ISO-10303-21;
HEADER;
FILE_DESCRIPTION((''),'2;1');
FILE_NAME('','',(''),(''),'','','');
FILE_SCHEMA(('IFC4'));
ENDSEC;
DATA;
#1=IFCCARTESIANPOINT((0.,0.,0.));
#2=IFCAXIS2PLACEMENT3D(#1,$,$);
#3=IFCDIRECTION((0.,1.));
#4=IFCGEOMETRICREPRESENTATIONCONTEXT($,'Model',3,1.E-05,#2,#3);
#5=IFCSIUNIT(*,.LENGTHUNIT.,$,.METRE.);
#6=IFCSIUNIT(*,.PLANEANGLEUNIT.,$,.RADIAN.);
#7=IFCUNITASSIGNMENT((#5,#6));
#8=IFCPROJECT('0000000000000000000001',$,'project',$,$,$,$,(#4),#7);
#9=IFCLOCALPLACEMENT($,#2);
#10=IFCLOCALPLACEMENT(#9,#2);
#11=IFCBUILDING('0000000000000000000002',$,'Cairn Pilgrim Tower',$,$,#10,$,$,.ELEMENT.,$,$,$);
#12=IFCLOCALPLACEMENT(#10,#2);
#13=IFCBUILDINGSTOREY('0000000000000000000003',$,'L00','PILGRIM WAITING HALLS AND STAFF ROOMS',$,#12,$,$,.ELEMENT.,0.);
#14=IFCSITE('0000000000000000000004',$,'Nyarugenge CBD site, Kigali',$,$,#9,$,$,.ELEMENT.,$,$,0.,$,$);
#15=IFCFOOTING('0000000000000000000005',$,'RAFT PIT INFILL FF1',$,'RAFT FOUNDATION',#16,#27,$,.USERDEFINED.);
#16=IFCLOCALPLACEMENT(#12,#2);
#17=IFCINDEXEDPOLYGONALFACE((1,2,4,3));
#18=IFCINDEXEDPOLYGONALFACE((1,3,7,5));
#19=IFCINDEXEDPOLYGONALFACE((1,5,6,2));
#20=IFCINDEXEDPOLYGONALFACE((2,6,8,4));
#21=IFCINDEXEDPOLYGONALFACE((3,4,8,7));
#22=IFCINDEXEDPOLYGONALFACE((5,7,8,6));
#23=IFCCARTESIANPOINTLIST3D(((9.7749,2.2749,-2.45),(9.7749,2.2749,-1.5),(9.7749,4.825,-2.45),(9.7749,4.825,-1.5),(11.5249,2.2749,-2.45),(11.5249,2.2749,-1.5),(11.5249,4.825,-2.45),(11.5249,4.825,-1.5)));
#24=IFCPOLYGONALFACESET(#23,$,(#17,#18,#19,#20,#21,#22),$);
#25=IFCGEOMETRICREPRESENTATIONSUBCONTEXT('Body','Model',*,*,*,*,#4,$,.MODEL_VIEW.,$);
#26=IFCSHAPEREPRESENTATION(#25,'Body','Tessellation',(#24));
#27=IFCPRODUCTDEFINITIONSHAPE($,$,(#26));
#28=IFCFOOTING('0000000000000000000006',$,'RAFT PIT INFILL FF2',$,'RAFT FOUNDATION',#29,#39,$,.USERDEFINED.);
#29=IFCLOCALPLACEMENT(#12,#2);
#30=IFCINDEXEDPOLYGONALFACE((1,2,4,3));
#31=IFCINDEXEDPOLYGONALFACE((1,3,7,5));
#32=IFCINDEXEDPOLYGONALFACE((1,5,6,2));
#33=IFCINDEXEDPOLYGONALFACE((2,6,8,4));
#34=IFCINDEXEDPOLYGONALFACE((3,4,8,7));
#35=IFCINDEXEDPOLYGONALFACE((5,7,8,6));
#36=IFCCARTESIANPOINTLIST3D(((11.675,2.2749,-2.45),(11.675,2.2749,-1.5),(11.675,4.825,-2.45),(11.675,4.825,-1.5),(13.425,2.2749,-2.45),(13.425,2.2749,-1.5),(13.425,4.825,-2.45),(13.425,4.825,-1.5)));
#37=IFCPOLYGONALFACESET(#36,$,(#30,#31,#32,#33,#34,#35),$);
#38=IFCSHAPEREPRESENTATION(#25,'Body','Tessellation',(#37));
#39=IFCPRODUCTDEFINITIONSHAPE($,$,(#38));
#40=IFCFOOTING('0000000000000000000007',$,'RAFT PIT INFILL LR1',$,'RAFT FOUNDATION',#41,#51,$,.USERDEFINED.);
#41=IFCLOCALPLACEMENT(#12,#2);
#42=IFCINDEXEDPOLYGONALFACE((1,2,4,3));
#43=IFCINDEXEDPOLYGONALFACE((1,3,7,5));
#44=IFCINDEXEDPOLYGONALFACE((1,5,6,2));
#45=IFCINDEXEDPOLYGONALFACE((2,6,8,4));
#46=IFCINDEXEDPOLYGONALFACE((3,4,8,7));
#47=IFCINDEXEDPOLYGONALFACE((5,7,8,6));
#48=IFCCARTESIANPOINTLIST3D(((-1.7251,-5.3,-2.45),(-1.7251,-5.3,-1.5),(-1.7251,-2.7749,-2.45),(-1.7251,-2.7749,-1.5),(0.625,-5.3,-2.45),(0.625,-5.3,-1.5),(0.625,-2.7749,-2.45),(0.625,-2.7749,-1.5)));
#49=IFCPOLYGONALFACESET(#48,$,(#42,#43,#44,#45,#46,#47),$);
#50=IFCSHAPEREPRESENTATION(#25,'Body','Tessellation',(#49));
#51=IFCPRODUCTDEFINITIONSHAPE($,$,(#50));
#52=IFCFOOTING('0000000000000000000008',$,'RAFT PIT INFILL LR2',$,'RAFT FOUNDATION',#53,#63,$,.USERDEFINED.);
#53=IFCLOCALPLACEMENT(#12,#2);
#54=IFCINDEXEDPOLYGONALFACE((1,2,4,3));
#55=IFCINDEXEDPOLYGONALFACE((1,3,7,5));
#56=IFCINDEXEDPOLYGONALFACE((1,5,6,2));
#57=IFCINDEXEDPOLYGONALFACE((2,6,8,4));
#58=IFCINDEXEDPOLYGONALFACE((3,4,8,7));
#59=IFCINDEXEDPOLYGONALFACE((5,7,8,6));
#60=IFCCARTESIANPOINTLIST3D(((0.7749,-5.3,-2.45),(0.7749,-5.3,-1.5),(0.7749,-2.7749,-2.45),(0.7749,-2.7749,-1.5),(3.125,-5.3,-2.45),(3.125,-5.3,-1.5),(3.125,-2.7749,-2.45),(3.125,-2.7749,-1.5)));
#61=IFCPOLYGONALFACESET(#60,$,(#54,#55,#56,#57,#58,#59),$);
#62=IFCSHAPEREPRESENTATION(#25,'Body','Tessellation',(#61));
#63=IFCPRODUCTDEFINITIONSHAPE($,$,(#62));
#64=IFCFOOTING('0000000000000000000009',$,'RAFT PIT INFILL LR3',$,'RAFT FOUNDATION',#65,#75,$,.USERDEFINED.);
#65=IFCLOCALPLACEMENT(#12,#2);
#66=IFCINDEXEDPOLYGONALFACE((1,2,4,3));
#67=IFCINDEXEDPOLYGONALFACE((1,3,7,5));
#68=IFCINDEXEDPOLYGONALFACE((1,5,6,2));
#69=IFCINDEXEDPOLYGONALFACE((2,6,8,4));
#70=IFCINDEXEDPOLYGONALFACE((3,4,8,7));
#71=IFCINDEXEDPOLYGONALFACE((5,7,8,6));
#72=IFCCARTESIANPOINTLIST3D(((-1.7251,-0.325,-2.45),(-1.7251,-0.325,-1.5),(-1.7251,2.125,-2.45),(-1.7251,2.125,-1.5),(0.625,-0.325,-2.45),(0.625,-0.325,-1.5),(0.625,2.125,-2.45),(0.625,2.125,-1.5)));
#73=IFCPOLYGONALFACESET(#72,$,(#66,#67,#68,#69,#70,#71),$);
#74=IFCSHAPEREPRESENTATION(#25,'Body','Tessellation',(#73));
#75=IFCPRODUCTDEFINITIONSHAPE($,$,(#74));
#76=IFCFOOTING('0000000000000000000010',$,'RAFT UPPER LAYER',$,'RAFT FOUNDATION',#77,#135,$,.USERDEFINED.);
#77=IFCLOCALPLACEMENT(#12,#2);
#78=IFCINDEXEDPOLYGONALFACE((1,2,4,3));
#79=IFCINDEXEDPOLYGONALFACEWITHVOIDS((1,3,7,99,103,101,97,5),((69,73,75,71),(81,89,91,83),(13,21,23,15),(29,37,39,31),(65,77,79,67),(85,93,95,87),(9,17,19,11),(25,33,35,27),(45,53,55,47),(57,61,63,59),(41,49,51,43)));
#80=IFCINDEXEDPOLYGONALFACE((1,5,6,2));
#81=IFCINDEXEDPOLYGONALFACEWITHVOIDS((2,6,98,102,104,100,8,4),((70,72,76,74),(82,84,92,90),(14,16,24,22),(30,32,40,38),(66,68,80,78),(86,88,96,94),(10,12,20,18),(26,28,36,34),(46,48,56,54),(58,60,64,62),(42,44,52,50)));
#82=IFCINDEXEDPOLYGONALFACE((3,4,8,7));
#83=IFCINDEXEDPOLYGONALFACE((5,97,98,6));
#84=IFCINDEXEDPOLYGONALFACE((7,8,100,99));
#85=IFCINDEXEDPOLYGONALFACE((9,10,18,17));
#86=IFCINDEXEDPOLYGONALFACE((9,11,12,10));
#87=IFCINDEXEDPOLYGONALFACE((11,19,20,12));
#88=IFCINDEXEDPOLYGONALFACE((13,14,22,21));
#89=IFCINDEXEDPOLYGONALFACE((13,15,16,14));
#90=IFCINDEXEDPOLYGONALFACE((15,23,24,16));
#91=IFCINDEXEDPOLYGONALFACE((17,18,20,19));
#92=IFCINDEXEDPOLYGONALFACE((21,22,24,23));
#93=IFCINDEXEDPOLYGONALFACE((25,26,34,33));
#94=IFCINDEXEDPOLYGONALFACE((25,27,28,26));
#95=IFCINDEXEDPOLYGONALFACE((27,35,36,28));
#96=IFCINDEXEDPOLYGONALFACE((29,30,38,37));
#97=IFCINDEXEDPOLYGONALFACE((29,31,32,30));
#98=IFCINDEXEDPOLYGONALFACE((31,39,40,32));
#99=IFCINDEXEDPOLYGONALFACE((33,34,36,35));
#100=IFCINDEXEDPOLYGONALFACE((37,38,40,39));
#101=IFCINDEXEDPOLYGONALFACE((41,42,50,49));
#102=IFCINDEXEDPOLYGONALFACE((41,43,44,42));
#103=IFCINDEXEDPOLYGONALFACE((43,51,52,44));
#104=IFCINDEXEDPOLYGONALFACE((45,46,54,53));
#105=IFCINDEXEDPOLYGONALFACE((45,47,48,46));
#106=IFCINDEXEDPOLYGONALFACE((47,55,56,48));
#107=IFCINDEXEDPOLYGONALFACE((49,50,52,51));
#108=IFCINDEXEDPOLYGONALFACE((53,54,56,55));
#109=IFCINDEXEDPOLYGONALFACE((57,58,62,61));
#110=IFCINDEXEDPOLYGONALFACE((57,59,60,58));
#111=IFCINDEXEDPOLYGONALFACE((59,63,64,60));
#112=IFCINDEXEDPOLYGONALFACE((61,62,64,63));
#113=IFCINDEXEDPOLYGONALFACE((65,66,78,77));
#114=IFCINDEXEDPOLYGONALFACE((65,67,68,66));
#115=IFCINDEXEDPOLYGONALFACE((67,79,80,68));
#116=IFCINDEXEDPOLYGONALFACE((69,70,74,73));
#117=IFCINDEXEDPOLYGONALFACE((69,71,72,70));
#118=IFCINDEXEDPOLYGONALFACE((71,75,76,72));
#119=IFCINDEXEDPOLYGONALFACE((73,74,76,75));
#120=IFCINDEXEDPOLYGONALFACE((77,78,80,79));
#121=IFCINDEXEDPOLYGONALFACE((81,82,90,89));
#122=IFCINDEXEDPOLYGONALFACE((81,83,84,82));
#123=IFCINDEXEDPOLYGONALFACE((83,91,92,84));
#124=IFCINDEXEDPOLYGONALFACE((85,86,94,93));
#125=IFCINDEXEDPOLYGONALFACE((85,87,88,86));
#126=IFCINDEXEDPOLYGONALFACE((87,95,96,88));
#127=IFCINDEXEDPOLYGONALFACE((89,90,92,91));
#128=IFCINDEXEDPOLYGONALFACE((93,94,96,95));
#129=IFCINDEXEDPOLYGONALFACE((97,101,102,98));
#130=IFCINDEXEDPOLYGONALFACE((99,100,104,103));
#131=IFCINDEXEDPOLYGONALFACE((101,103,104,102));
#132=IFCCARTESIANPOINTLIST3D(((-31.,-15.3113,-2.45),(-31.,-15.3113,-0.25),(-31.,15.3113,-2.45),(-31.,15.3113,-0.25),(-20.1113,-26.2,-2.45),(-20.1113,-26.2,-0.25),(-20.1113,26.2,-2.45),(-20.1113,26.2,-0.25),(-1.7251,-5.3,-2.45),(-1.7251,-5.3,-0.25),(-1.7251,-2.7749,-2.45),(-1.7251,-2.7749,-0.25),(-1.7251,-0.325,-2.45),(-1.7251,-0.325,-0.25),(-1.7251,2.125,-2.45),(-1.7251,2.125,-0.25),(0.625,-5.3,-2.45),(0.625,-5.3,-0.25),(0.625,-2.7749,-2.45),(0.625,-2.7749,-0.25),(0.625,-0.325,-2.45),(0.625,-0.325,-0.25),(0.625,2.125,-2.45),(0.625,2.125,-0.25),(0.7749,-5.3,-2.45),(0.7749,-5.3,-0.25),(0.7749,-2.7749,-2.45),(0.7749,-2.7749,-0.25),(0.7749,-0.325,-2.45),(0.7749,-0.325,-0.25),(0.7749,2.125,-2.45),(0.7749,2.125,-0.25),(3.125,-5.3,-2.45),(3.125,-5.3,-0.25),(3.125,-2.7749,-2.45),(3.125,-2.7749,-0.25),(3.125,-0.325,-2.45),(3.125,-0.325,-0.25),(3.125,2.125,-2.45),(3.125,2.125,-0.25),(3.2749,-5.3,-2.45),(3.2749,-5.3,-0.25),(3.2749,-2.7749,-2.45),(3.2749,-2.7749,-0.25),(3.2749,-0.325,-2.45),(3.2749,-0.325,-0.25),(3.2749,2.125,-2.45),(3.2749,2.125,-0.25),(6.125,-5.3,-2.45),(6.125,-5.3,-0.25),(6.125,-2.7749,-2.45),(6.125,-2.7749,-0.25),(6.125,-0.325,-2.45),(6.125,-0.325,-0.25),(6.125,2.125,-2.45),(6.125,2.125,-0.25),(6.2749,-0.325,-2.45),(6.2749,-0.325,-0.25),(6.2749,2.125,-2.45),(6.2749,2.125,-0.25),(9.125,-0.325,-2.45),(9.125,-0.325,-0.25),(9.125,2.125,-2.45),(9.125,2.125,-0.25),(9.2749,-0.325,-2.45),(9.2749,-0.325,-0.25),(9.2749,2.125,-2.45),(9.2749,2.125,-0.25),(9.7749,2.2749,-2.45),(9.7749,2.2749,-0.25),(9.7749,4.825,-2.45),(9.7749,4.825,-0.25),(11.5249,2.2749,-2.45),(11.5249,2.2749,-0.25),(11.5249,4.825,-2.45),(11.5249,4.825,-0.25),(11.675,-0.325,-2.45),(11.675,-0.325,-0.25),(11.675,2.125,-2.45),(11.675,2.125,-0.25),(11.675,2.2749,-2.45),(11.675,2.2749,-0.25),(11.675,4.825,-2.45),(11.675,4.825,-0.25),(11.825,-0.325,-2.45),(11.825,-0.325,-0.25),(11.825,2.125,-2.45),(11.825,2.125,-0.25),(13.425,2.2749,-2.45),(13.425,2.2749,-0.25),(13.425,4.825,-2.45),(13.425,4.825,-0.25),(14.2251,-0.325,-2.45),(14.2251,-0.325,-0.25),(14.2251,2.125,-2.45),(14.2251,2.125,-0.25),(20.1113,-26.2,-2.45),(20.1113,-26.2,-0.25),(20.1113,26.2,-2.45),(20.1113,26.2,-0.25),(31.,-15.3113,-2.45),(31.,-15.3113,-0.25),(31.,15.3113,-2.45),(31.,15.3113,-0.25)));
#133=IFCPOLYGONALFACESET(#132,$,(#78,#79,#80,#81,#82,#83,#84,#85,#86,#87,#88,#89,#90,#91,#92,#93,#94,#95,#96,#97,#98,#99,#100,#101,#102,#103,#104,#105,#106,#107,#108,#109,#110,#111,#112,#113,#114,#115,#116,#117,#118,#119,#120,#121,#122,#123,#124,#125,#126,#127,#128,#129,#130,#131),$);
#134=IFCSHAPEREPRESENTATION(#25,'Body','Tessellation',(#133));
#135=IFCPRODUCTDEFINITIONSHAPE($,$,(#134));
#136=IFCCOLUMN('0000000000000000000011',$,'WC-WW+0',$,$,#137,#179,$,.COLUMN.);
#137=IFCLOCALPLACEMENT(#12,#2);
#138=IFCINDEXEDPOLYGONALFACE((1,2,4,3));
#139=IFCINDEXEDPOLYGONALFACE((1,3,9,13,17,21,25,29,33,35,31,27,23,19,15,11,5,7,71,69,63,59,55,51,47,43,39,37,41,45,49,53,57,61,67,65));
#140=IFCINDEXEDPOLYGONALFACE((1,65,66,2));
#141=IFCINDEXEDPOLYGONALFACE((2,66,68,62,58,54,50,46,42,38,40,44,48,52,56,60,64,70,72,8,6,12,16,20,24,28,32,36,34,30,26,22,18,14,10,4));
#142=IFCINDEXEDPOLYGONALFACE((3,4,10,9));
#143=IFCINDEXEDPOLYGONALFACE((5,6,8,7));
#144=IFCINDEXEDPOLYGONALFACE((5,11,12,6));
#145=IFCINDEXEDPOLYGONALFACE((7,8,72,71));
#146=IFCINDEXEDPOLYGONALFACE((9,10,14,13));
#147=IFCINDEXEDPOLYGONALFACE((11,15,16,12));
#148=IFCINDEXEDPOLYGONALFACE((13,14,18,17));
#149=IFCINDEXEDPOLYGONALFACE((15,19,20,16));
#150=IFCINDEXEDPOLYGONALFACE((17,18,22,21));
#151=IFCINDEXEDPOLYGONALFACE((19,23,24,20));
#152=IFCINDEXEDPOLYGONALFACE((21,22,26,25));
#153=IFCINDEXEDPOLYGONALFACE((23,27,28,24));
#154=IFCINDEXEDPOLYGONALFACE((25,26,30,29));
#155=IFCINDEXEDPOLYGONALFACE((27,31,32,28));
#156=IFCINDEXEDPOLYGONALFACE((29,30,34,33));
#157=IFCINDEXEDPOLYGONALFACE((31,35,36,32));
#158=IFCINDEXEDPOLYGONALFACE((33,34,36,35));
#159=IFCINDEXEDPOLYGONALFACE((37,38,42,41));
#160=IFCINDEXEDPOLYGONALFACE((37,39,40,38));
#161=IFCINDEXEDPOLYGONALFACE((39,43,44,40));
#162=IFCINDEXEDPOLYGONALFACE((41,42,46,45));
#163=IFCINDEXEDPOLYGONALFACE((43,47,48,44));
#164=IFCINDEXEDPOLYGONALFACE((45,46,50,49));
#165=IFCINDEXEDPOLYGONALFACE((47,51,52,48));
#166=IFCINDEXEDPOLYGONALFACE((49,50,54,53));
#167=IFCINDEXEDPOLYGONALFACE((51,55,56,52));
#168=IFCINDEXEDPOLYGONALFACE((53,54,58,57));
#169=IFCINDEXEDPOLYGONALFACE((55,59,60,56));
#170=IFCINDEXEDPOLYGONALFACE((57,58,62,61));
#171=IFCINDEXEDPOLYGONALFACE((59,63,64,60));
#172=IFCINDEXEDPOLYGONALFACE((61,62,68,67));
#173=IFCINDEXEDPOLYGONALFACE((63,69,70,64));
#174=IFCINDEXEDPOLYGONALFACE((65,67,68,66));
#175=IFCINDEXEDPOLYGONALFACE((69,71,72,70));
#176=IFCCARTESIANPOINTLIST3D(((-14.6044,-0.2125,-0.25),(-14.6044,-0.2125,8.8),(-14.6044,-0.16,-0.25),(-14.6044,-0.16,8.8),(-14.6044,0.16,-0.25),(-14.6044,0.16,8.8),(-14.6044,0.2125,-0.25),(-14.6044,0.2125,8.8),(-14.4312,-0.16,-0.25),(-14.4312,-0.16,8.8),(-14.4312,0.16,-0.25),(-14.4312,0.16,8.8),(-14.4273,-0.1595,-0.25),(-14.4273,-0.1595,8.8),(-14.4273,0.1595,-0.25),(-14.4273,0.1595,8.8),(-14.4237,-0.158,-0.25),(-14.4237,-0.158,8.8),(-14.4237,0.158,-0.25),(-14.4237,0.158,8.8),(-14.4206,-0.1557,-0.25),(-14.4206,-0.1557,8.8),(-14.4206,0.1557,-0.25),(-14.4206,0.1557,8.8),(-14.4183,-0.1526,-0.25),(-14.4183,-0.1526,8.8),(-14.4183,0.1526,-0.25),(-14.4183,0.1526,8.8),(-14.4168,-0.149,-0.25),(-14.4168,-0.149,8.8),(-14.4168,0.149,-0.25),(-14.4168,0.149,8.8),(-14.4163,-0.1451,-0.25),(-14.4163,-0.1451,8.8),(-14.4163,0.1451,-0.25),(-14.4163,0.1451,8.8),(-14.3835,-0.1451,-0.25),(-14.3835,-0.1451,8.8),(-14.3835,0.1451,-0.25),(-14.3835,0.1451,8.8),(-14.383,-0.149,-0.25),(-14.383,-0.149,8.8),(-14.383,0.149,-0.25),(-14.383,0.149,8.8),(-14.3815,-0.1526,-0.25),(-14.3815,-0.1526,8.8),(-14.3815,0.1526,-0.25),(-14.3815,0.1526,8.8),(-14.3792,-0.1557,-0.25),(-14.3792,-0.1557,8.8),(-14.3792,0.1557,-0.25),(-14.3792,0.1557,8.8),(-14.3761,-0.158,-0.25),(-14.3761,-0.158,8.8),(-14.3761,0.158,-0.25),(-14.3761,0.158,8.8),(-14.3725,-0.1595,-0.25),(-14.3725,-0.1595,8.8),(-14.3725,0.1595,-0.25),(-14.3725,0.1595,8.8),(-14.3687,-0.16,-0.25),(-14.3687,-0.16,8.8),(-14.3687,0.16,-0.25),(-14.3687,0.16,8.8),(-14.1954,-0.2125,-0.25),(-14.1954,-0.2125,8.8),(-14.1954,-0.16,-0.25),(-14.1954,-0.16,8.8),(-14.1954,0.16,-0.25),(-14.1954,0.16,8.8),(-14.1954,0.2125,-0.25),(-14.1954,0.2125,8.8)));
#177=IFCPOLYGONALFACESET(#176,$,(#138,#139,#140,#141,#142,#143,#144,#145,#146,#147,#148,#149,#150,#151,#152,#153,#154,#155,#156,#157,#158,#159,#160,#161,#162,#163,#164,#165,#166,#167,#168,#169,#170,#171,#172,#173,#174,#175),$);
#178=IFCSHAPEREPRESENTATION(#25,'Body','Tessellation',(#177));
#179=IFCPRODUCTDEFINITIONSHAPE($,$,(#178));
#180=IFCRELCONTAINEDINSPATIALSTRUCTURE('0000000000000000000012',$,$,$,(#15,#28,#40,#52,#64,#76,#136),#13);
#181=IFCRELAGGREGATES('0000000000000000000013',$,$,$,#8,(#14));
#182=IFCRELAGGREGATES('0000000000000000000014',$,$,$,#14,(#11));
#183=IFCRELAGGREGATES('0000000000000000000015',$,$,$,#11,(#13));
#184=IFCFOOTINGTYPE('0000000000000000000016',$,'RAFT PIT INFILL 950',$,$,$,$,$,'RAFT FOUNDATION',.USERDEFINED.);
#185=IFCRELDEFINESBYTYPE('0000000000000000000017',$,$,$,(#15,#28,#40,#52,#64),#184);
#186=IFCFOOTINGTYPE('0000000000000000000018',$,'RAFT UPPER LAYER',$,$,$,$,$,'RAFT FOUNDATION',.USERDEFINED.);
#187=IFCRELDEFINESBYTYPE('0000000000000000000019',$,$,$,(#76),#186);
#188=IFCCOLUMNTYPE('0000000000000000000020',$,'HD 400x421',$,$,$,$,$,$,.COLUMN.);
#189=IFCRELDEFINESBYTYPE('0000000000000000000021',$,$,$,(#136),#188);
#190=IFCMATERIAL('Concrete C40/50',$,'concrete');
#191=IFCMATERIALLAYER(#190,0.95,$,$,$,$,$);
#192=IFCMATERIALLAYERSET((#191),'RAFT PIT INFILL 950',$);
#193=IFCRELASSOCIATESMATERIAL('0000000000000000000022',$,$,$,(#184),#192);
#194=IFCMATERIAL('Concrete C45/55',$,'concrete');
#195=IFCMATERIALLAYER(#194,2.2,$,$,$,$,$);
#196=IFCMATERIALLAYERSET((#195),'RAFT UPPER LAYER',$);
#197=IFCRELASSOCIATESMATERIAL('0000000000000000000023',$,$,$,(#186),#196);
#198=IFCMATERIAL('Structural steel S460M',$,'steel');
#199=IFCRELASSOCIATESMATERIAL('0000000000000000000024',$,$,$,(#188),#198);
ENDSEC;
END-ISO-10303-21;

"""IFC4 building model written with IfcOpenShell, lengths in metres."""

from ifc_helpers import new_model, si_unit, direction, frame, origin, origin_2d, place, context, subcontext, project, spatial, polyline, i_section, outline, extrude, material, layer, layer_set, material_profile, profile_set, type_object, element, save


model = new_model("IFC4")

# Units and contexts
model_context = context("Model", 3, precision=1e-05, world=origin(), true_north=direction((0.0, 1.0)))
body_context = subcontext(model_context, "Body", "Model", "MODEL_VIEW")
ifc_project = project(units=[si_unit("LENGTHUNIT", "METRE"), si_unit("PLANEANGLEUNIT", "RADIAN")], contexts=[model_context])

# Site, building, storey
site_placement = place(None, origin())
site = spatial("IfcSite", under=ifc_project, at=site_placement, Name="Nyarugenge CBD site, Kigali", CompositionType="ELEMENT", RefElevation=0.0)
building_placement = place(site_placement, origin())
building = spatial("IfcBuilding", under=site, at=building_placement, Name="Cairn Pilgrim Tower", CompositionType="ELEMENT")
storey_placement = place(building_placement, origin())
storey = spatial("IfcBuildingStorey", under=building, at=storey_placement, Name="L00", Description="PILGRIM WAITING HALLS AND STAFF ROOMS", CompositionType="ELEMENT", Elevation=0.0)

# Footings
ifc_material_1 = material(Name="Concrete C45/55", Category="concrete")
ifc_material_2 = material(Name="Concrete C40/50", Category="concrete")
ifc_layer_1 = layer(ifc_material_2, 0.95)
ifc_layer_set_1 = layer_set([ifc_layer_1], Name="RAFT PIT INFILL 950")
footing_type_1 = type_object("IfcFootingType", Name="RAFT PIT INFILL 950", ElementType="RAFT FOUNDATION", PredefinedType="USERDEFINED", material=ifc_layer_set_1)
footing_1_placement = place(storey_placement, frame((0.0, 0.0, -2.45)))
element("IfcFooting", 1, at=footing_1_placement, inside=storey, type_object=footing_type_1, Name="RAFT PIT INFILL FF1", ObjectType="RAFT FOUNDATION", PredefinedType="USERDEFINED", context=body_context, shape_type="SweptSolid", body=[
    extrude(outline(polyline([(9.7749, 2.2749), (11.5249, 2.2749), (11.5249, 4.825), (9.7749, 4.825), (9.7749, 2.2749)])), origin(), (0.0, 0.0, 1.0), 0.95),
])
footing_2_placement = place(storey_placement, frame((0.0, 0.0, -2.45)))
element("IfcFooting", 2, at=footing_2_placement, inside=storey, type_object=footing_type_1, Name="RAFT PIT INFILL FF2", ObjectType="RAFT FOUNDATION", PredefinedType="USERDEFINED", context=body_context, shape_type="SweptSolid", body=[
    extrude(outline(polyline([(11.675, 2.2749), (13.425, 2.2749), (13.425, 4.825), (11.675, 4.825), (11.675, 2.2749)])), origin(), (0.0, 0.0, 1.0), 0.95),
])
footing_3_placement = place(storey_placement, frame((0.0, 0.0, -2.45)))
element("IfcFooting", 3, at=footing_3_placement, inside=storey, type_object=footing_type_1, Name="RAFT PIT INFILL LR1", ObjectType="RAFT FOUNDATION", PredefinedType="USERDEFINED", context=body_context, shape_type="SweptSolid", body=[
    extrude(outline(polyline([(-1.7251, -5.3), (0.625, -5.3), (0.625, -2.7749), (-1.7251, -2.7749), (-1.7251, -5.3)])), origin(), (0.0, 0.0, 1.0), 0.95),
])
footing_4_placement = place(storey_placement, frame((0.0, 0.0, -2.45)))
element("IfcFooting", 4, at=footing_4_placement, inside=storey, type_object=footing_type_1, Name="RAFT PIT INFILL LR2", ObjectType="RAFT FOUNDATION", PredefinedType="USERDEFINED", context=body_context, shape_type="SweptSolid", body=[
    extrude(outline(polyline([(0.7749, -5.3), (3.125, -5.3), (3.125, -2.7749), (0.7749, -2.7749), (0.7749, -5.3)])), origin(), (0.0, 0.0, 1.0), 0.95),
])
footing_5_placement = place(storey_placement, frame((0.0, 0.0, -2.45)))
element("IfcFooting", 5, at=footing_5_placement, inside=storey, type_object=footing_type_1, Name="RAFT PIT INFILL LR3", ObjectType="RAFT FOUNDATION", PredefinedType="USERDEFINED", context=body_context, shape_type="SweptSolid", body=[
    extrude(outline(polyline([(-1.7251, -0.325), (0.625, -0.325), (0.625, 2.125), (-1.7251, 2.125), (-1.7251, -0.325)])), origin(), (0.0, 0.0, 1.0), 0.95),
])
ifc_layer_2 = layer(ifc_material_1, 2.2)
ifc_layer_set_2 = layer_set([ifc_layer_2], Name="RAFT UPPER LAYER")
footing_type_2 = type_object("IfcFootingType", Name="RAFT UPPER LAYER", ElementType="RAFT FOUNDATION", PredefinedType="USERDEFINED", material=ifc_layer_set_2)
footing_6_placement = place(storey_placement, frame((0.0, 0.0, -2.45)))
element("IfcFooting", 6, at=footing_6_placement, inside=storey, type_object=footing_type_2, Name="RAFT UPPER LAYER", ObjectType="RAFT FOUNDATION", PredefinedType="USERDEFINED", context=body_context, shape_type="SweptSolid", body=[
    extrude(outline(polyline([(-20.1113, -26.2), (20.1113, -26.2), (31.0, -15.3113), (31.0, 15.3113), (20.1113, 26.2), (-20.1113, 26.2), (-31.0, 15.3113), (-31.0, -15.3113), (-20.1113, -26.2)]), holes=[polyline([(0.625, -2.7749), (0.625, -5.3), (-1.7251, -5.3), (-1.7251, -2.7749), (0.625, -2.7749)]), polyline([(3.125, -2.7749), (3.125, -5.3), (0.7749, -5.3), (0.7749, -2.7749), (3.125, -2.7749)]), polyline([(6.125, -2.7749), (6.125, -5.3), (3.2749, -5.3), (3.2749, -2.7749), (6.125, -2.7749)]), polyline([(0.625, -0.325), (-1.7251, -0.325), (-1.7251, 2.125), (0.625, 2.125), (0.625, -0.325)]), polyline([(3.125, -0.325), (0.7749, -0.325), (0.7749, 2.125), (3.125, 2.125), (3.125, -0.325)]), polyline([(6.125, 2.125), (6.125, -0.325), (3.2749, -0.325), (3.2749, 2.125), (6.125, 2.125)]), polyline([(9.125, -0.325), (6.2749, -0.325), (6.2749, 2.125), (9.125, 2.125), (9.125, -0.325)]), polyline([(11.675, -0.325), (9.2749, -0.325), (9.2749, 2.125), (11.675, 2.125), (11.675, -0.325)]), polyline([(14.2251, 2.125), (14.2251, -0.325), (11.825, -0.325), (11.825, 2.125), (14.2251, 2.125)]), polyline([(11.5249, 2.2749), (9.7749, 2.2749), (9.7749, 4.825), (11.5249, 4.825), (11.5249, 2.2749)]), polyline([(13.425, 2.2749), (11.675, 2.2749), (11.675, 4.825), (13.425, 4.825), (13.425, 2.2749)])]), origin(), (0.0, 0.0, 1.0), 2.2),
])

# Column
ifc_material_3 = material(Name="Structural steel S460M", Category="steel")
ifc_material_profile_1 = material_profile(ifc_material_3, i_section(OverallWidth=0.4089, OverallDepth=0.425, WebThickness=0.0327, FlangeThickness=0.0525, FilletRadius=0.0149, at=origin_2d()), Name="HD 400x421")
ifc_profile_set_1 = profile_set([ifc_material_profile_1], Name="Structural steel S460M")
column_type = type_object("IfcColumnType", Name="HD 400x421", PredefinedType="COLUMN", material=ifc_profile_set_1)
column_placement = place(storey_placement, frame((-14.3999, 0.0, -0.25), z_axis=(0.0, 0.0, 1.0), x_axis=(1.0, 0.0, 0.0)))
element("IfcColumn", 7, at=column_placement, inside=storey, type_object=column_type, Name="WC-WW+0", PredefinedType="COLUMN", context=body_context, shape_type="SweptSolid", body=[
    extrude(i_section(OverallWidth=0.4089, OverallDepth=0.425, WebThickness=0.0327, FlangeThickness=0.0525, FilletRadius=0.0149, at=origin_2d()), origin(), (0.0, 0.0, 1.0), 9.05),
])

save(model, "model.ifc")
